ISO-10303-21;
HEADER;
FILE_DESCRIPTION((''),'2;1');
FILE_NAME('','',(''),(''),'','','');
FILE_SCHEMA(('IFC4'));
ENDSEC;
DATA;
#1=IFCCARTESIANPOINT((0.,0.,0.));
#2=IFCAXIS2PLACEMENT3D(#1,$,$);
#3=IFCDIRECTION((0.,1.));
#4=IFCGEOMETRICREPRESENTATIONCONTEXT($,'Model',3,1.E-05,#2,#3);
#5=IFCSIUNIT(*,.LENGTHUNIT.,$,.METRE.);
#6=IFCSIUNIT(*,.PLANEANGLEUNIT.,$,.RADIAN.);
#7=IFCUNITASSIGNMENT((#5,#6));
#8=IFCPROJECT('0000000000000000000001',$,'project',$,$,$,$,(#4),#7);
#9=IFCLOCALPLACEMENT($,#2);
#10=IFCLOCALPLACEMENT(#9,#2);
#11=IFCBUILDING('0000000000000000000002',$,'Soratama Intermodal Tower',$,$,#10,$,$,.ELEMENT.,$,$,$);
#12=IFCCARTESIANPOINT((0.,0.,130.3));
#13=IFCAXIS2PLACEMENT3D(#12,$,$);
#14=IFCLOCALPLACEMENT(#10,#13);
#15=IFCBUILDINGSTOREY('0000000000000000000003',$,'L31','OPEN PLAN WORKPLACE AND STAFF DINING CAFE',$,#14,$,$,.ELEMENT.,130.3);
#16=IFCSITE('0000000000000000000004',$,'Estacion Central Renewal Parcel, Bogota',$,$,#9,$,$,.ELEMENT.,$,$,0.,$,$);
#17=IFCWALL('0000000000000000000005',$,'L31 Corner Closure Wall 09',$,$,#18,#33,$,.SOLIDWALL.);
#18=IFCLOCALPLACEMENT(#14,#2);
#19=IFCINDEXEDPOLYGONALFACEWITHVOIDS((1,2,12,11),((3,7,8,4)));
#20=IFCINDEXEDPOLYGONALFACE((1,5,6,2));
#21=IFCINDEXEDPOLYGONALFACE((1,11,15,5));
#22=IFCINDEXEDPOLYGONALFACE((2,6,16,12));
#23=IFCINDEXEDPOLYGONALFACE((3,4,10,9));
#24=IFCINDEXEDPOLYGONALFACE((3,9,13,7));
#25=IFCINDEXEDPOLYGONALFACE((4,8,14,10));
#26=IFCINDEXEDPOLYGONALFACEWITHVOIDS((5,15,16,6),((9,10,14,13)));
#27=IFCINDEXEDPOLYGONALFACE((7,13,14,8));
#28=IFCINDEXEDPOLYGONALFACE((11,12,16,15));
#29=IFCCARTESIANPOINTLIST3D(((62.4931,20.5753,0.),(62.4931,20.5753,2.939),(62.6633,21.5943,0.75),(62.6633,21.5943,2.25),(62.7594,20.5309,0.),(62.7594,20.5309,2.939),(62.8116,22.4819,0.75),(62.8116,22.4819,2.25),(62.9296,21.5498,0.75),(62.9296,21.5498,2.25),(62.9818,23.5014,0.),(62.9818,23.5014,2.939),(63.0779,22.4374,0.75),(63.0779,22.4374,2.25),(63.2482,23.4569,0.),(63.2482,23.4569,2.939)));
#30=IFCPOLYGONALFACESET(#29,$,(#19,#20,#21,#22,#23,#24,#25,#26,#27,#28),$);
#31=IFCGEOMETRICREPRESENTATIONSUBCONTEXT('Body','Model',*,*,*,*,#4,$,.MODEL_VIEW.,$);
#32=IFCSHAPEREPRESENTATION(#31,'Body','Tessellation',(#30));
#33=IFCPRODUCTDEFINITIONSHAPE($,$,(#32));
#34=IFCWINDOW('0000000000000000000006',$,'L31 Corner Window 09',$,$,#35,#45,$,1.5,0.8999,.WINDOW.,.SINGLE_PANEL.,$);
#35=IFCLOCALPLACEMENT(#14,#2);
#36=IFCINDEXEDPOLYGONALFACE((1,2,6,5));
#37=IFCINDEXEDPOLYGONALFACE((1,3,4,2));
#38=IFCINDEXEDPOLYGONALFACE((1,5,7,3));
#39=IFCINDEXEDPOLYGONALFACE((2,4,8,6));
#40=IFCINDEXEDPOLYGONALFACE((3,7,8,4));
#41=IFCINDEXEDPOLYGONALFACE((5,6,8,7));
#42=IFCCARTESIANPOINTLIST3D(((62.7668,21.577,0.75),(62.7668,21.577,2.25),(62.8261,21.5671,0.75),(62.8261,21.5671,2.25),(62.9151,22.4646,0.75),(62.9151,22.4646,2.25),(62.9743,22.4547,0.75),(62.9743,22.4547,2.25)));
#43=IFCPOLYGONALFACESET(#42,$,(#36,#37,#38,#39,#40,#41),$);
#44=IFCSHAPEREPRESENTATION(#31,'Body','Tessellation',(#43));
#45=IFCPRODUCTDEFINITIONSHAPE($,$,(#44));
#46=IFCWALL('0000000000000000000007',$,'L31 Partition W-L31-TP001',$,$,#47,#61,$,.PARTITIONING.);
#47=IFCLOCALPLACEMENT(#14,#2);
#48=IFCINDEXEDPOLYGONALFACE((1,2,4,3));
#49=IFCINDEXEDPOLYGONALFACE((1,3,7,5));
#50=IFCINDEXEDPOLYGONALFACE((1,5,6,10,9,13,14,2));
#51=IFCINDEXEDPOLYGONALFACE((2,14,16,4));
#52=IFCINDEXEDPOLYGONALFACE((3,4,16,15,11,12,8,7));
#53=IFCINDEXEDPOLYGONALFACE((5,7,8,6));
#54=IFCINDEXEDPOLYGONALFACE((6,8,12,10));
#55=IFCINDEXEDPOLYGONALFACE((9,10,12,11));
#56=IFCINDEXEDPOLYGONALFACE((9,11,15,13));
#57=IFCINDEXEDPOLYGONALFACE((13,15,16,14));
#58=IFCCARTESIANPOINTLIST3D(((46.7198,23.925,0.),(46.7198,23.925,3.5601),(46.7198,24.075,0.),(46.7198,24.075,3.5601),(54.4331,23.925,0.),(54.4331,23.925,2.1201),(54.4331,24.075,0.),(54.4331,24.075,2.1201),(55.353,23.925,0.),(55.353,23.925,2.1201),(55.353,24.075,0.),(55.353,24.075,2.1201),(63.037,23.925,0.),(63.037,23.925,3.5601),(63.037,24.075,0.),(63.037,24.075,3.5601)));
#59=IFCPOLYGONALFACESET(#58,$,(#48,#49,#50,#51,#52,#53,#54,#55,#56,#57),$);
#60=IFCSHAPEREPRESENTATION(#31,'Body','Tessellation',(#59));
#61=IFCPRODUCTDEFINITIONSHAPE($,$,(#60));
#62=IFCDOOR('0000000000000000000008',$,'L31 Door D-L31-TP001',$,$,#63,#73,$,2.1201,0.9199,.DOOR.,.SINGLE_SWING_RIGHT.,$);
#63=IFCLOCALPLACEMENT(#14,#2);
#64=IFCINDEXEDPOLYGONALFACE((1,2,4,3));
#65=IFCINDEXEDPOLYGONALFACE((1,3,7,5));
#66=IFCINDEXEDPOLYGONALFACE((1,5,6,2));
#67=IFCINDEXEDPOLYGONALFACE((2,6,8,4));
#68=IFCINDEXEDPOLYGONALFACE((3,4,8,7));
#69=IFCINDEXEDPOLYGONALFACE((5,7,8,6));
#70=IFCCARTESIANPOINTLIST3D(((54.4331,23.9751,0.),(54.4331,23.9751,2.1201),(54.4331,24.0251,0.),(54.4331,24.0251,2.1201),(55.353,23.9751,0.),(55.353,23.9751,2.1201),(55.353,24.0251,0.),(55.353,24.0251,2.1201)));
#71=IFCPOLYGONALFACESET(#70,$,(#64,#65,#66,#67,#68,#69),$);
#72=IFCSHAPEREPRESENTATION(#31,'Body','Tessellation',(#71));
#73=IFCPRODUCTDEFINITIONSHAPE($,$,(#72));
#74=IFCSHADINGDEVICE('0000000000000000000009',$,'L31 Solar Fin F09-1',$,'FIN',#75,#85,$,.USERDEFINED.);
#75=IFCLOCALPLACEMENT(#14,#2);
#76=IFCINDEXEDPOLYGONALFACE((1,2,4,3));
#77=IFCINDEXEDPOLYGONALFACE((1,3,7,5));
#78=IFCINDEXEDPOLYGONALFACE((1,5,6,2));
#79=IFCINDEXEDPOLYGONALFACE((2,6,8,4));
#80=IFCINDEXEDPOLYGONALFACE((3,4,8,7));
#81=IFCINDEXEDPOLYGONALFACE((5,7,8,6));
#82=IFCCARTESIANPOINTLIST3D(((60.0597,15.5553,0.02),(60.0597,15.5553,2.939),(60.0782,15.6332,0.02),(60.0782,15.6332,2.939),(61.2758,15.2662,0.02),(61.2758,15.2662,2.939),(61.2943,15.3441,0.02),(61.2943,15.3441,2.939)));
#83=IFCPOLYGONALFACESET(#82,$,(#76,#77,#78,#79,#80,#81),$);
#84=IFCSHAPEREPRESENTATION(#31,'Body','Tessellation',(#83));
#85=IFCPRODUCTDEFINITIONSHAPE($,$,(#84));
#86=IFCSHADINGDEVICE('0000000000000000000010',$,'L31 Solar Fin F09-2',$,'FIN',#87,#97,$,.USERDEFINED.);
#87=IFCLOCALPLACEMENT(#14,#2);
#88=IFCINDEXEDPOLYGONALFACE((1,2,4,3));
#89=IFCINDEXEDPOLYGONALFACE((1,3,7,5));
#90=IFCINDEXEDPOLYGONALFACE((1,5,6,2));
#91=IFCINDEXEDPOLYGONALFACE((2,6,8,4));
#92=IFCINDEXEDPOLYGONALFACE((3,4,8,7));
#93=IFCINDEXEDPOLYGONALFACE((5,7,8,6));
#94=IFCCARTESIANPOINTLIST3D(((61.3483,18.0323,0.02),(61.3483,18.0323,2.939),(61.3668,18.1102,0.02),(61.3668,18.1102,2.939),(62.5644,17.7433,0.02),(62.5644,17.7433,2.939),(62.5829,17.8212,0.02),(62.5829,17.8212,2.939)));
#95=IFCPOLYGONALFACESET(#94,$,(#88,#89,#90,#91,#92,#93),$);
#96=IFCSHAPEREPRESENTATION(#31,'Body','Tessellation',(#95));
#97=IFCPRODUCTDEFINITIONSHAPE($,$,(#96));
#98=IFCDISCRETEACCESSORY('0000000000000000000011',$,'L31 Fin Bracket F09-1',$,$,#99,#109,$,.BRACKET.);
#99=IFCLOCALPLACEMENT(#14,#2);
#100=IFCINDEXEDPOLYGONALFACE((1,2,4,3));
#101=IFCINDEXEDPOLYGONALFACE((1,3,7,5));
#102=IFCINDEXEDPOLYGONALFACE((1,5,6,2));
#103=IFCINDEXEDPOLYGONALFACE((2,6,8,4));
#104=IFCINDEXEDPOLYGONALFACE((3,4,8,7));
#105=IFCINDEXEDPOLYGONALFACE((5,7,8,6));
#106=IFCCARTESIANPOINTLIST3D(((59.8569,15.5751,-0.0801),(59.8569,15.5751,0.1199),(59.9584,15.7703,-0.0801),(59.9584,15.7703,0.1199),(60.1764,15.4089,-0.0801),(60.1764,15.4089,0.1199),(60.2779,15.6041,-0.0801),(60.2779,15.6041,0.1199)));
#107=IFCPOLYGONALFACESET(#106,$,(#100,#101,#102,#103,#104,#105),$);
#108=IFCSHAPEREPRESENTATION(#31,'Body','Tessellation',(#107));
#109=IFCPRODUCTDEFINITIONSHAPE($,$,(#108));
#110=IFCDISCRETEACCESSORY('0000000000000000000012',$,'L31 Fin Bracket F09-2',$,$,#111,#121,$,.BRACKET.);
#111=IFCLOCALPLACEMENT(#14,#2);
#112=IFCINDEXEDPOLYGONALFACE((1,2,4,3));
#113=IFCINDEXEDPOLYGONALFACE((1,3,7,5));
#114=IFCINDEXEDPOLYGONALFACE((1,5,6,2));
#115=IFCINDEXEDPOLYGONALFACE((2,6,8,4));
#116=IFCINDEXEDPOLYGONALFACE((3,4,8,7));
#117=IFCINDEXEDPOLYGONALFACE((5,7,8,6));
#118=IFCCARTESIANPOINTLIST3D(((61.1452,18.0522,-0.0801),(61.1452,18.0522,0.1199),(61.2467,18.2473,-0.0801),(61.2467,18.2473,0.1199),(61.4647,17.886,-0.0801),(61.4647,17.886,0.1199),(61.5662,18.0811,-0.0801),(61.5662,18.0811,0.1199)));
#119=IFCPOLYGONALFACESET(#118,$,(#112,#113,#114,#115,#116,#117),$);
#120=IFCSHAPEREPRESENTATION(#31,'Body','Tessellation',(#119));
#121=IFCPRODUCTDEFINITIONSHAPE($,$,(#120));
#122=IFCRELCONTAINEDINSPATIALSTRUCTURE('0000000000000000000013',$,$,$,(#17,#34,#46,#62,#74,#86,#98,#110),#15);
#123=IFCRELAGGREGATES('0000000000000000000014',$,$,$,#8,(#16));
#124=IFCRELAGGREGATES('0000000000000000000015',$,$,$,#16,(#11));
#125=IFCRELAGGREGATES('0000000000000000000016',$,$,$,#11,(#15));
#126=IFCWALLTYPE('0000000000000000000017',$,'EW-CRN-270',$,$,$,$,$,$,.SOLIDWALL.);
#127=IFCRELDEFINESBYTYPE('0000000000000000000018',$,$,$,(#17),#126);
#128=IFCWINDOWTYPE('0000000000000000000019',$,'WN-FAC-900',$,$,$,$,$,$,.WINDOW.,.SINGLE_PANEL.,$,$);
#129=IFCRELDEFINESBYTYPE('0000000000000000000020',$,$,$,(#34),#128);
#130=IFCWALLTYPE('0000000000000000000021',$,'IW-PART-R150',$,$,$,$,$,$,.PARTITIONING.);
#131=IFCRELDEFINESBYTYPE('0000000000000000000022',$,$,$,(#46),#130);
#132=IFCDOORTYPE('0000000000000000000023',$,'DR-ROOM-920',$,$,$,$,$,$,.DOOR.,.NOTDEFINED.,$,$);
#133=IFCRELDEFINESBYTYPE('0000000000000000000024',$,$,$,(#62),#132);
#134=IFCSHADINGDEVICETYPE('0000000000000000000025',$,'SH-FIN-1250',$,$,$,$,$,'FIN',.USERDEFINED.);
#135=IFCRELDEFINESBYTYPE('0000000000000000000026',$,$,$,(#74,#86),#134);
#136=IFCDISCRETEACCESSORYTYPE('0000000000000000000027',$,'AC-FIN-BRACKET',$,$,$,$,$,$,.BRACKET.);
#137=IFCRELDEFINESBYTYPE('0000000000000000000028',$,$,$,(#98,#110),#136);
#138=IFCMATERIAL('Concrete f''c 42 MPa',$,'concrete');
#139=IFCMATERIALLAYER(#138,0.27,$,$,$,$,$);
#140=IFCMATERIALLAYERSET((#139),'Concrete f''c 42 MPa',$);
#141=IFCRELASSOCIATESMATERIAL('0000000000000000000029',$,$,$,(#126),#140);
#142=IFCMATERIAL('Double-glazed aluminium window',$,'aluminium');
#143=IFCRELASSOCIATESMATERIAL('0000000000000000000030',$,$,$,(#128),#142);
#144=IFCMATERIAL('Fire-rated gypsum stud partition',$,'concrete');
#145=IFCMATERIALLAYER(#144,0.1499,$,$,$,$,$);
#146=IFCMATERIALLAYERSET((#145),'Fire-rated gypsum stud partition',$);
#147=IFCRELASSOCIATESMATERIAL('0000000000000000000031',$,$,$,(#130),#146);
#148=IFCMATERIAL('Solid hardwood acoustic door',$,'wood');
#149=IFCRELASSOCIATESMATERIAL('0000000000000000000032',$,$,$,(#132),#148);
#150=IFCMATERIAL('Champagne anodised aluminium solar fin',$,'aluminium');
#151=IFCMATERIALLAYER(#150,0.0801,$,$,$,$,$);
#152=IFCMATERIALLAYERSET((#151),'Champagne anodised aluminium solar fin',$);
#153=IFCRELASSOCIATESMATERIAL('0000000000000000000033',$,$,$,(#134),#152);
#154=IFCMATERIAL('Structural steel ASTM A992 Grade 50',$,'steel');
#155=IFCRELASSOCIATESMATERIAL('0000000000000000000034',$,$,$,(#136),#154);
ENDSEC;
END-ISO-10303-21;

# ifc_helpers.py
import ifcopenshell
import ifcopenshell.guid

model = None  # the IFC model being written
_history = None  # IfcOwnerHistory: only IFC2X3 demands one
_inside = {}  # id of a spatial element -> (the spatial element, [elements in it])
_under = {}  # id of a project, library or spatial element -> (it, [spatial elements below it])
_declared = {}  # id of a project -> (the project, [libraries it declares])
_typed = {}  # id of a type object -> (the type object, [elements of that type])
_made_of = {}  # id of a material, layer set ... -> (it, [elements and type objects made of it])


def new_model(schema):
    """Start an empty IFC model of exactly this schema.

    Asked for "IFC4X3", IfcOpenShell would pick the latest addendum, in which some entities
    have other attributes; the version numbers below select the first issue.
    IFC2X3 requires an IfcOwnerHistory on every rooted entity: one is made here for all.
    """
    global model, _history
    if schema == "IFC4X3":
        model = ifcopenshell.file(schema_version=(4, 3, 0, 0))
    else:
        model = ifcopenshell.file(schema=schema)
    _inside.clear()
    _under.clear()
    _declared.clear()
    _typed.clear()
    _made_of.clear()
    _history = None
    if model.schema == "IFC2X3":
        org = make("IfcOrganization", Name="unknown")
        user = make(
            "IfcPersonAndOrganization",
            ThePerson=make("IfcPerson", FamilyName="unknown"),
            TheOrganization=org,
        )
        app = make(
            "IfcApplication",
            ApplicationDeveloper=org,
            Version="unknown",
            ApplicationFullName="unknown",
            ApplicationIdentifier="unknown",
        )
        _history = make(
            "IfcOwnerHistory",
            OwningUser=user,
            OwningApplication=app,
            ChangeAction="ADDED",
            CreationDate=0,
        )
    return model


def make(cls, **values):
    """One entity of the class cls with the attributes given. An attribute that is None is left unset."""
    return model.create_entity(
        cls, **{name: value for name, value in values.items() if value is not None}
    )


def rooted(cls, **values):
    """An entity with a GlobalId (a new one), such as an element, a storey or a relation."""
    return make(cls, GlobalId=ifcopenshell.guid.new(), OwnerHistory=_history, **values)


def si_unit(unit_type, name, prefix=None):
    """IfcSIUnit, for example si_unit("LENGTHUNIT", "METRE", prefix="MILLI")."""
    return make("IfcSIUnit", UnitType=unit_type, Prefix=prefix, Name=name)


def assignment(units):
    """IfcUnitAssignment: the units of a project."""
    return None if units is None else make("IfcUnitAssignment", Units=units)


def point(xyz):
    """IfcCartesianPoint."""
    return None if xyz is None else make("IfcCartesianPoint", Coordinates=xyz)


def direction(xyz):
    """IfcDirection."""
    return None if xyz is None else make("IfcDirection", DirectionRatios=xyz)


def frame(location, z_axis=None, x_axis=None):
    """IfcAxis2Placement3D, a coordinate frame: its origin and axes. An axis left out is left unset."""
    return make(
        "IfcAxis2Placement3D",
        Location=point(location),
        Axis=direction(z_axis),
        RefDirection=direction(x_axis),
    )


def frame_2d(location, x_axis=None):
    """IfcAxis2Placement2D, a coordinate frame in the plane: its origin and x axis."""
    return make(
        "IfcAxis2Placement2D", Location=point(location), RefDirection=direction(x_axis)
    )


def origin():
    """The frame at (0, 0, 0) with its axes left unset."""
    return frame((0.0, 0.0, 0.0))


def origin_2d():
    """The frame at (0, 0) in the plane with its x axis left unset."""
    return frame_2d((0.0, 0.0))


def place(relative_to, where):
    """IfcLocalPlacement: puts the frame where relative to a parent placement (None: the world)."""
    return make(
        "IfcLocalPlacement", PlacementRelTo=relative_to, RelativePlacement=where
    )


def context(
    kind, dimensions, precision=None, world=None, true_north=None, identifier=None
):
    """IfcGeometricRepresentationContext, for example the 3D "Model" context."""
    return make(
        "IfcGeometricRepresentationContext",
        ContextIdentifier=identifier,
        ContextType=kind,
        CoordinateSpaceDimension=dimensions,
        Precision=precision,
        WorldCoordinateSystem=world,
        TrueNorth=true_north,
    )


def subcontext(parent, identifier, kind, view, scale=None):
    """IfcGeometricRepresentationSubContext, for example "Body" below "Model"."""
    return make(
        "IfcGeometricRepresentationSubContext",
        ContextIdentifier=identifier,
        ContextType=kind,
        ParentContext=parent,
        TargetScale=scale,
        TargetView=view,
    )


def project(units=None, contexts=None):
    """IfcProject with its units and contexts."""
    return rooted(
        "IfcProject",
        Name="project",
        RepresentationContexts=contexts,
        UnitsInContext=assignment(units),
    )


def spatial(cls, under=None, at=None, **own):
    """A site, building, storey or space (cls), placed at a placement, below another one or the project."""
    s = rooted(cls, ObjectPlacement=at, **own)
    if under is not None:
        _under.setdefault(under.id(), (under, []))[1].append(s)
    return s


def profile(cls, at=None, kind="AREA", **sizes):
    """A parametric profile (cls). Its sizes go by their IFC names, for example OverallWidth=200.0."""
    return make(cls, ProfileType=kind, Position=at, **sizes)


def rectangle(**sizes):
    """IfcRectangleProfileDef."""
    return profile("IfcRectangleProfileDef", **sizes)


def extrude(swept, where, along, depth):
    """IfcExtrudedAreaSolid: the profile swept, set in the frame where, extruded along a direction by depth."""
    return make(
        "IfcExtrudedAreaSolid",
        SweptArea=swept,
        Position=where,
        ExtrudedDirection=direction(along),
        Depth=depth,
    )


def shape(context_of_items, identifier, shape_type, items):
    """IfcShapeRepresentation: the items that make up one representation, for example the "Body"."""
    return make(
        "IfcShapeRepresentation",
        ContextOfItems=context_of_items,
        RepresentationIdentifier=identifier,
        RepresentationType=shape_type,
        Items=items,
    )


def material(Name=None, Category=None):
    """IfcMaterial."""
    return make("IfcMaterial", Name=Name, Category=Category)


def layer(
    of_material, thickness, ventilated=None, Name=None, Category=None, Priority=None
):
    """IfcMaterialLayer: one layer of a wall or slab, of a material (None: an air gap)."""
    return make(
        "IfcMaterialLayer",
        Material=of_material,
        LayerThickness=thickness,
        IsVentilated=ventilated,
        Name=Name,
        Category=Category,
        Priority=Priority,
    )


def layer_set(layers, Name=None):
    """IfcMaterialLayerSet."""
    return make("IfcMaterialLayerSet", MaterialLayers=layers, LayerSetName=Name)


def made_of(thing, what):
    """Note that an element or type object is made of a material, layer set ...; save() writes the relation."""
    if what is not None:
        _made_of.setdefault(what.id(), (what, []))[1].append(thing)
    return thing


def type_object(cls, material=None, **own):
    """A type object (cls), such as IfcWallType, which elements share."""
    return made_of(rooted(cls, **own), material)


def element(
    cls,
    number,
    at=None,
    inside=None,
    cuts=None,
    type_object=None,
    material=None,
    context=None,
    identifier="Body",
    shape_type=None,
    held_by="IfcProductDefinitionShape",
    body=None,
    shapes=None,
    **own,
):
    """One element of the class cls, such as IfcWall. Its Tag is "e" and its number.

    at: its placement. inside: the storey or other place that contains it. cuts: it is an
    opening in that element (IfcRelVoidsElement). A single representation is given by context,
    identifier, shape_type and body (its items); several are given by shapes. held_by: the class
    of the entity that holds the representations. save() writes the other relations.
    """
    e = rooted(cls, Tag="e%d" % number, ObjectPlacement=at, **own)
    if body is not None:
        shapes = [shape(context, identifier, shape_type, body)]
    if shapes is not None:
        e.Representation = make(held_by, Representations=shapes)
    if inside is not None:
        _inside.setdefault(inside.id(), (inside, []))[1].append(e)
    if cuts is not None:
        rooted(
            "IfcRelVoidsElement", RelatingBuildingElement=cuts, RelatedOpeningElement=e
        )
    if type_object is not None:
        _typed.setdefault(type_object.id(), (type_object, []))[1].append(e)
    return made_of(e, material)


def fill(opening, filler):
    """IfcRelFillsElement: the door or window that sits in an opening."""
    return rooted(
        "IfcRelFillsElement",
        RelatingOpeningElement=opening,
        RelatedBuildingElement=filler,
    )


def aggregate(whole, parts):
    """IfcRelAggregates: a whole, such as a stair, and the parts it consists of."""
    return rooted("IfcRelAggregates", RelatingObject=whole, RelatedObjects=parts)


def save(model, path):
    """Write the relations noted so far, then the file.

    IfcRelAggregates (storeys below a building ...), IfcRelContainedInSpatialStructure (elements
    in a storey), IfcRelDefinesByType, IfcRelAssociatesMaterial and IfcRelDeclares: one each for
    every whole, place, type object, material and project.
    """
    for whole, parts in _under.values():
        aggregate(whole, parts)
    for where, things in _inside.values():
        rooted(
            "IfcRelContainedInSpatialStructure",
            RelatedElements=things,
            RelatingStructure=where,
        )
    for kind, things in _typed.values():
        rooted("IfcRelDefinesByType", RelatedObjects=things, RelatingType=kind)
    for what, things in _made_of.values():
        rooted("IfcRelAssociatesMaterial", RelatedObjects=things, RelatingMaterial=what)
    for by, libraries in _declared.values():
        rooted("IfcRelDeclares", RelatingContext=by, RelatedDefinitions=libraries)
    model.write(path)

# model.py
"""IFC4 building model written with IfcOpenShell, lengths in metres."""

from ifc_helpers import new_model, si_unit, direction, frame, frame_2d, origin, origin_2d, place, context, subcontext, project, spatial, rectangle, extrude, material, layer, layer_set, type_object, element, fill, save


model = new_model("IFC4")

# Units and contexts
model_context = context("Model", 3, precision=1e-05, world=origin(), true_north=direction((0.0, 1.0)))
body_context = subcontext(model_context, "Body", "Model", "MODEL_VIEW")
ifc_project = project(units=[si_unit("LENGTHUNIT", "METRE"), si_unit("PLANEANGLEUNIT", "RADIAN")], contexts=[model_context])

# Site, building, storey
site_placement = place(None, origin())
site = spatial("IfcSite", under=ifc_project, at=site_placement, Name="Estacion Central Renewal Parcel, Bogota", CompositionType="ELEMENT", RefElevation=0.0)
building_placement = place(site_placement, origin())
building = spatial("IfcBuilding", under=site, at=building_placement, Name="Soratama Intermodal Tower", CompositionType="ELEMENT")
storey_placement = place(building_placement, frame((0.0, 0.0, 130.3)))
storey = spatial("IfcBuildingStorey", under=building, at=storey_placement, Name="L31", Description="OPEN PLAN WORKPLACE AND STAFF DINING CAFE", CompositionType="ELEMENT", Elevation=130.3)

# Wall, opening, window
ifc_material_1 = material(Name="Concrete f'c 42 MPa", Category="concrete")
ifc_layer_1 = layer(ifc_material_1, 0.27)
ifc_layer_set_1 = layer_set([ifc_layer_1], Name="Concrete f'c 42 MPa")
wall_type_1 = type_object("IfcWallType", Name="EW-CRN-270", PredefinedType="SOLIDWALL", material=ifc_layer_set_1)
wall_1_placement = place(storey_placement, frame((62.6262, 20.553, 0.0), z_axis=(0.0, 0.0, 1.0), x_axis=(0.164759, 0.986334, 0.0)))
wall_1 = element("IfcWall", 1, at=wall_1_placement, inside=storey, type_object=wall_type_1, Name="L31 Corner Closure Wall 09", PredefinedType="SOLIDWALL", context=body_context, shape_type="SweptSolid", body=[
    extrude(rectangle(XDim=2.9666, YDim=0.27, at=frame_2d((1.4834, 0.0))), origin(), (0.0, 0.0, 1.0), 2.939),
])
opening_1_placement = place(wall_1_placement, frame((1.0332, 0.0, 0.75)))
opening_1 = element("IfcOpeningElement", 2, at=opening_1_placement, cuts=wall_1, PredefinedType="OPENING", context=body_context, shape_type="SweptSolid", body=[
    extrude(rectangle(XDim=0.8999, YDim=1.5, at=frame_2d((0.45, 0.75))), frame((0.0, 0.145, 0.0), z_axis=(0.0, -1.0, 0.0), x_axis=(1.0, 0.0, 0.0)), (0.0, 0.0, 1.0), 0.29),
])
ifc_material_2 = material(Name="Double-glazed aluminium window", Category="aluminium")
window_type_1 = type_object("IfcWindowType", Name="WN-FAC-900", PartitioningType="SINGLE_PANEL", PredefinedType="WINDOW", material=ifc_material_2)
window_1_placement = place(opening_1_placement, origin())
window_1 = element("IfcWindow", 3, at=window_1_placement, inside=storey, type_object=window_type_1, Name="L31 Corner Window 09", OverallHeight=1.5, OverallWidth=0.8999, PartitioningType="SINGLE_PANEL", PredefinedType="WINDOW", context=body_context, shape_type="SweptSolid", body=[
    extrude(rectangle(XDim=0.8999, YDim=1.5, at=frame_2d((0.45, 0.75))), frame((0.0, 0.03, 0.0), z_axis=(0.0, -1.0, 0.0), x_axis=(1.0, 0.0, 0.0)), (0.0, 0.0, 1.0), 0.0601),
])
fill(opening_1, window_1)

# Wall, opening, door
ifc_material_3 = material(Name="Fire-rated gypsum stud partition", Category="concrete")
ifc_layer_2 = layer(ifc_material_3, 0.1499)
ifc_layer_set_2 = layer_set([ifc_layer_2], Name="Fire-rated gypsum stud partition")
wall_type_2 = type_object("IfcWallType", Name="IW-PART-R150", PredefinedType="PARTITIONING", material=ifc_layer_set_2)
wall_2_placement = place(storey_placement, frame((63.0371, 24.0, 0.0), z_axis=(0.0, 0.0, 1.0), x_axis=(-1.0, 0.0, 0.0)))
wall_2 = element("IfcWall", 4, at=wall_2_placement, inside=storey, type_object=wall_type_2, Name="L31 Partition W-L31-TP001", PredefinedType="PARTITIONING", context=body_context, shape_type="SweptSolid", body=[
    extrude(rectangle(XDim=16.3171, YDim=0.1499, at=frame_2d((8.1587, 0.0))), origin(), (0.0, 0.0, 1.0), 3.5601),
])
opening_2_placement = place(wall_2_placement, frame((7.6841, 0.0, 0.0)))
opening_2 = element("IfcOpeningElement", 5, at=opening_2_placement, cuts=wall_2, PredefinedType="OPENING", context=body_context, shape_type="SweptSolid", body=[
    extrude(rectangle(XDim=0.9199, YDim=2.1201, at=frame_2d((0.46, 1.0601))), frame((0.0, 0.085, 0.0), z_axis=(0.0, -1.0, 0.0), x_axis=(1.0, 0.0, 0.0)), (0.0, 0.0, 1.0), 0.1699),
])
ifc_material_4 = material(Name="Solid hardwood acoustic door", Category="wood")
door_type_1 = type_object("IfcDoorType", Name="DR-ROOM-920", OperationType="NOTDEFINED", PredefinedType="DOOR", material=ifc_material_4)
door_1_placement = place(opening_2_placement, origin())
door_1 = element("IfcDoor", 6, at=door_1_placement, inside=storey, type_object=door_type_1, Name="L31 Door D-L31-TP001", OperationType="SINGLE_SWING_RIGHT", OverallHeight=2.1201, OverallWidth=0.9199, PredefinedType="DOOR", context=body_context, shape_type="SweptSolid", body=[
    extrude(rectangle(XDim=0.9199, YDim=2.1201, at=frame_2d((0.46, 1.0601))), frame((0.0, 0.0249, 0.0), z_axis=(0.0, -1.0, 0.0), x_axis=(1.0, 0.0, 0.0)), (0.0, 0.0, 1.0), 0.05),
])
fill(opening_2, door_1)

# Shading devices
ifc_material_5 = material(Name="Champagne anodised aluminium solar fin", Category="aluminium")
ifc_layer_3 = layer(ifc_material_5, 0.0801)
ifc_layer_set_3 = layer_set([ifc_layer_3], Name="Champagne anodised aluminium solar fin")
shading_device_type = type_object("IfcShadingDeviceType", Name="SH-FIN-1250", ElementType="FIN", PredefinedType="USERDEFINED", material=ifc_layer_set_3)
for number, where, z_axis, x_axis, name in (
    (7, (60.677, 15.4497, 0.02), (0.0, 0.0, 1.0), (0.972897, -0.231239, 0.0), "L31 Solar Fin F09-1"),
    (8, (61.9656, 17.9268, 0.02), (0.0, 0.0, 1.0), (0.972897, -0.231239, 0.0), "L31 Solar Fin F09-2"),
):
    element("IfcShadingDevice", number, at=place(storey_placement, frame(where, z_axis=z_axis, x_axis=x_axis)), inside=storey, type_object=shading_device_type, Name=name, ObjectType="FIN", PredefinedType="USERDEFINED", context=body_context, shape_type="SweptSolid", body=[
        extrude(rectangle(XDim=1.25, YDim=0.0801, at=origin_2d()), origin(), (0.0, 0.0, 1.0), 2.9189),
    ])

# Discrete accessories
ifc_material_6 = material(Name="Structural steel ASTM A992 Grade 50", Category="steel")
discrete_accessory_type = type_object("IfcDiscreteAccessoryType", Name="AC-FIN-BRACKET", PredefinedType="BRACKET", material=ifc_material_6)
for number, where, z_axis, x_axis, name in (
    (9, (60.0674, 15.5896, -0.0801), (0.0, 0.0, 1.0), (0.887172, -0.461439, 0.0), "L31 Fin Bracket F09-1"),
    (10, (61.3557, 18.0667, -0.0801), (0.0, 0.0, 1.0), (0.887172, -0.461439, 0.0), "L31 Fin Bracket F09-2"),
):
    element("IfcDiscreteAccessory", number, at=place(storey_placement, frame(where, z_axis=z_axis, x_axis=x_axis)), inside=storey, type_object=discrete_accessory_type, Name=name, PredefinedType="BRACKET", context=body_context, shape_type="SweptSolid", body=[
        extrude(rectangle(XDim=0.3601, YDim=0.22, at=origin_2d()), origin(), (0.0, 0.0, 1.0), 0.2),
    ])

save(model, "model.ifc")
